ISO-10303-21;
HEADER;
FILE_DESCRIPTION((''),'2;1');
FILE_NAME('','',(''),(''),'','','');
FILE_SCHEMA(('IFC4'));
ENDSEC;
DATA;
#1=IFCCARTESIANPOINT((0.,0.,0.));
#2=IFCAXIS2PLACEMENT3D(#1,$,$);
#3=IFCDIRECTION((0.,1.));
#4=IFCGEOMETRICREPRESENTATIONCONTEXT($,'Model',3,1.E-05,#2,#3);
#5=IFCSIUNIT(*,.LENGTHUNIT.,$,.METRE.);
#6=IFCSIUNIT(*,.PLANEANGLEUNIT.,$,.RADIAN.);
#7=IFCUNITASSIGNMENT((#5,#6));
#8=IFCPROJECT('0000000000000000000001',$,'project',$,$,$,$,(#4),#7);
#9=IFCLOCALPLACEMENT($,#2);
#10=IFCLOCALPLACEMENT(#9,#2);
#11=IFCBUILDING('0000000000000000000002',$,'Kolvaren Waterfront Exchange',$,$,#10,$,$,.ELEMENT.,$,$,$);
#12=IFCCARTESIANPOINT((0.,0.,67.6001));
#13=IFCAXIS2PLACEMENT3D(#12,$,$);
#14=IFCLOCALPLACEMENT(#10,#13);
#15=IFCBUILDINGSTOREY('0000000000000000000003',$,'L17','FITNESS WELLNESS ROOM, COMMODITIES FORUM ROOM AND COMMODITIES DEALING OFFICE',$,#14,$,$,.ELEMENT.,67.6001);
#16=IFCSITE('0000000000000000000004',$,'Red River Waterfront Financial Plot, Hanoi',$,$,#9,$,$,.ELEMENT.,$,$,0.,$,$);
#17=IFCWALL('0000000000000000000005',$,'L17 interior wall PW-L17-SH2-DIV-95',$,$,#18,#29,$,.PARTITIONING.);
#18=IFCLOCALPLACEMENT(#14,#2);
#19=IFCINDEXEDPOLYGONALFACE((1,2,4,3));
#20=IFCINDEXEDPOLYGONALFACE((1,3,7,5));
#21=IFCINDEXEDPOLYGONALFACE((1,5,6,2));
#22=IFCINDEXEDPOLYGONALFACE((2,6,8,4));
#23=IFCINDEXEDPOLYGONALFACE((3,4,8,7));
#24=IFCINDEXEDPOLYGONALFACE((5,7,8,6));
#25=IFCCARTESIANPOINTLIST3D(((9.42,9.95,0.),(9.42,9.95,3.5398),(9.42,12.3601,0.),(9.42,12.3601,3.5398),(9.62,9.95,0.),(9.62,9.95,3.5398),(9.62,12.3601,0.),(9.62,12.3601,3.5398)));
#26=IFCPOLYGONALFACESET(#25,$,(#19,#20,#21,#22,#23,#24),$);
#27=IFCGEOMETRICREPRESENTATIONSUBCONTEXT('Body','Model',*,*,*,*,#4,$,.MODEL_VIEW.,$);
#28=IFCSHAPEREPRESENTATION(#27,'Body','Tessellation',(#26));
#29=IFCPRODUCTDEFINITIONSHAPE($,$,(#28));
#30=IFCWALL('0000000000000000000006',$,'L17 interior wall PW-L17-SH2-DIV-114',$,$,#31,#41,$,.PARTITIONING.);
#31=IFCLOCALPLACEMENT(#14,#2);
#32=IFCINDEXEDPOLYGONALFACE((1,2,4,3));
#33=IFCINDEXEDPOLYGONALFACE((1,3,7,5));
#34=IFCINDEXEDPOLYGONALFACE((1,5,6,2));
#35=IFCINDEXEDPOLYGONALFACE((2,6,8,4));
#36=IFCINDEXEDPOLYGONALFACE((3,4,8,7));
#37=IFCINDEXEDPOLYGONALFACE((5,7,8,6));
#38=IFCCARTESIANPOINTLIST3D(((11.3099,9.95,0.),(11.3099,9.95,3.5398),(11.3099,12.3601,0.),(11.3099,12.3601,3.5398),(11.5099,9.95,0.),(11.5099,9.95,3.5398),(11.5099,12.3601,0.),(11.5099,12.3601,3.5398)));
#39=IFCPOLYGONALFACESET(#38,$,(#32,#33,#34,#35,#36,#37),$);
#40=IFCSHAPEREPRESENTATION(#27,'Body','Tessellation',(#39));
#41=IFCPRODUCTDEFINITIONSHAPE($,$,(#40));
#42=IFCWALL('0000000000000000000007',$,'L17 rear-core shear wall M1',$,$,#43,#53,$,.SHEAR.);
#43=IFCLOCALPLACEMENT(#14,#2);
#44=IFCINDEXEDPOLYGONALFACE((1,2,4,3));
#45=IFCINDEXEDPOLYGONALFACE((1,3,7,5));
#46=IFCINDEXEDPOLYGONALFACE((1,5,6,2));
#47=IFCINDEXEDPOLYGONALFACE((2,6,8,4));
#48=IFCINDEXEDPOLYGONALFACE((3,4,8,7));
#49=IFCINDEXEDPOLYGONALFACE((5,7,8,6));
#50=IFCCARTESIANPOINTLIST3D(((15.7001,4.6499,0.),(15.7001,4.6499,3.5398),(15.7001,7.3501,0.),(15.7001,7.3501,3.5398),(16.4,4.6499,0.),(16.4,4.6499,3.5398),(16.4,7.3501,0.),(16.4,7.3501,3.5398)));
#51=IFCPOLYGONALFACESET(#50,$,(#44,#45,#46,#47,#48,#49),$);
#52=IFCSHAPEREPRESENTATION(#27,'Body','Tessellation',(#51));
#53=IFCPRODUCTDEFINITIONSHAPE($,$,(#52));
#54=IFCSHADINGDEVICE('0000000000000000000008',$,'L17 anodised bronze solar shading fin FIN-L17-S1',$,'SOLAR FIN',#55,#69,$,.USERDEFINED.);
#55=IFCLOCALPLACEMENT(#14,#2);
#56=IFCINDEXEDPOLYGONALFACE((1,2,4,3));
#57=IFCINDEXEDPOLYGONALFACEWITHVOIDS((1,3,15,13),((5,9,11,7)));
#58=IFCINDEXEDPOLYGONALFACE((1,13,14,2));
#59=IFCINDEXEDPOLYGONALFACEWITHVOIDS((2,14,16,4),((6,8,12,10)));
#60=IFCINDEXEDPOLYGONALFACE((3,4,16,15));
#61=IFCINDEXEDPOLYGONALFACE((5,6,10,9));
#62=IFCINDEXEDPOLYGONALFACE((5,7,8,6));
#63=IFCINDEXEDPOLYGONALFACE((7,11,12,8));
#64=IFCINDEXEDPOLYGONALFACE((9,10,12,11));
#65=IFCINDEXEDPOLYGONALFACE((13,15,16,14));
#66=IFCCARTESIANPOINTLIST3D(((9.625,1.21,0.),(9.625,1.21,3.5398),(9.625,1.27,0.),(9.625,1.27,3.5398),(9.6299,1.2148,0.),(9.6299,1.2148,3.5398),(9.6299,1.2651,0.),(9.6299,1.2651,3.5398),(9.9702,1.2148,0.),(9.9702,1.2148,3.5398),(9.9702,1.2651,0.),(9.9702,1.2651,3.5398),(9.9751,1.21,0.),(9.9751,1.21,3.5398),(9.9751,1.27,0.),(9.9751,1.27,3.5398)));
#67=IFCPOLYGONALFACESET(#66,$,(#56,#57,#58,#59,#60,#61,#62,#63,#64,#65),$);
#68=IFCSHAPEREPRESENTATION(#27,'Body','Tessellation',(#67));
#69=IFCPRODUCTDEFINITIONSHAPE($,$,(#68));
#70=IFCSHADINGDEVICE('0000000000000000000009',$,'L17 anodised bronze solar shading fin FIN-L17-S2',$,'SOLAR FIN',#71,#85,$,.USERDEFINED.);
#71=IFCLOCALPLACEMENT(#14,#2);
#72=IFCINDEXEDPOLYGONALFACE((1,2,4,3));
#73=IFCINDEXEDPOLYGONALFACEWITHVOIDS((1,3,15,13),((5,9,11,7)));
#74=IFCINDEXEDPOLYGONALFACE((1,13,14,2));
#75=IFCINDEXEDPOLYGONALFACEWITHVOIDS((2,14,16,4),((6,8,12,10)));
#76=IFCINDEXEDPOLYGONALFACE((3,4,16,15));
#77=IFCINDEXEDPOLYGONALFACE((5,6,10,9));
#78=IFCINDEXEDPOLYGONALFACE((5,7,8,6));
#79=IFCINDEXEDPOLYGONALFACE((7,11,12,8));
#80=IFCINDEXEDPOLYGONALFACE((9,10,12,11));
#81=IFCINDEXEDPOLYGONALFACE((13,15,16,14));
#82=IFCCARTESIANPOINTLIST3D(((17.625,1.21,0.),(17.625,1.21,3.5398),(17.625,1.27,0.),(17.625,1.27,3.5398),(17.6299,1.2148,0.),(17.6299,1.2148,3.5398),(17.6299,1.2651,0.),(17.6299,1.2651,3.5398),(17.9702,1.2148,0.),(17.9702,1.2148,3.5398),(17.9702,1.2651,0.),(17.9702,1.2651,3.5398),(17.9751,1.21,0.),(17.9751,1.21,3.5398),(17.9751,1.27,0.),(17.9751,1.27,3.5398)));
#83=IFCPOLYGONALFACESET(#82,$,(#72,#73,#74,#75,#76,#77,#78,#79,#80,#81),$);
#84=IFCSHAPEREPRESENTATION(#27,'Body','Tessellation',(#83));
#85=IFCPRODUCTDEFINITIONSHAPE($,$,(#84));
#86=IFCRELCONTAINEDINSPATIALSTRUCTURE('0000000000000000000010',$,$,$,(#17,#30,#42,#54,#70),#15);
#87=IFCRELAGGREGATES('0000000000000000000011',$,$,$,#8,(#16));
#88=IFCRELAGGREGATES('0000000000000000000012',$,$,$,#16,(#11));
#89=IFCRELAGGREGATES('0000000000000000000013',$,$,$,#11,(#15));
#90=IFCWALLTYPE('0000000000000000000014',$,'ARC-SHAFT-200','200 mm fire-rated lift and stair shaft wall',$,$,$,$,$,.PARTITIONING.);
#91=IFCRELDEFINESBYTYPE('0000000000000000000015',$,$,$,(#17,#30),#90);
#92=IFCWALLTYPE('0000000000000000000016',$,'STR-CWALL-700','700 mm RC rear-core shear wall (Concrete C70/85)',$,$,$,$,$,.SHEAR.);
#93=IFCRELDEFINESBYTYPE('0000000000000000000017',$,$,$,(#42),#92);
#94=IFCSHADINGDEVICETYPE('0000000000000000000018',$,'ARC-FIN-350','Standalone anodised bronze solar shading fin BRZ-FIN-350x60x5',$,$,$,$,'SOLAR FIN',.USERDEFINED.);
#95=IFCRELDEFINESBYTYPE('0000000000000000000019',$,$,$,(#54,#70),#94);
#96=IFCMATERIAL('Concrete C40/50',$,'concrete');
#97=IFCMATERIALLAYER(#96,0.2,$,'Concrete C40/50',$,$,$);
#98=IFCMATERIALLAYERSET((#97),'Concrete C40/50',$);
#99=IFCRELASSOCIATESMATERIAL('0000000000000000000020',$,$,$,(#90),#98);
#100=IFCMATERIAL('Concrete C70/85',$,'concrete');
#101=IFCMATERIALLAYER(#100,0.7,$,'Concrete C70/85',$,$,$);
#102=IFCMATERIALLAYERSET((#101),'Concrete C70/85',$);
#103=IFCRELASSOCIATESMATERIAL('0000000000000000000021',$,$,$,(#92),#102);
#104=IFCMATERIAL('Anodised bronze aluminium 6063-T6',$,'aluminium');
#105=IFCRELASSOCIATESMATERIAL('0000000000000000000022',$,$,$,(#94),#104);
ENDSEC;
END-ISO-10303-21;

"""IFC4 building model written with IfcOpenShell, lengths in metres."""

from ifc_helpers import new_model, si_unit, direction, frame, frame_2d, origin, origin_2d, place, context, subcontext, project, spatial, rectangle, hollow_rectangle, extrude, material, layer, layer_set, material_profile, profile_set, type_object, element, save


model = new_model("IFC4")

# Units and contexts
model_context = context("Model", 3, precision=1e-05, world=origin(), true_north=direction((0.0, 1.0)))
body_context = subcontext(model_context, "Body", "Model", "MODEL_VIEW")
ifc_project = project(units=[si_unit("LENGTHUNIT", "METRE"), si_unit("PLANEANGLEUNIT", "RADIAN")], contexts=[model_context])

# Site, building, storey
site_placement = place(None, origin())
site = spatial("IfcSite", under=ifc_project, at=site_placement, Name="Red River Waterfront Financial Plot, Hanoi", CompositionType="ELEMENT", RefElevation=0.0)
building_placement = place(site_placement, origin())
building = spatial("IfcBuilding", under=site, at=building_placement, Name="Kolvaren Waterfront Exchange", CompositionType="ELEMENT")
storey_placement = place(building_placement, frame((0.0, 0.0, 67.6001)))
storey = spatial("IfcBuildingStorey", under=building, at=storey_placement, Name="L17", Description="FITNESS WELLNESS ROOM, COMMODITIES FORUM ROOM AND COMMODITIES DEALING OFFICE", CompositionType="ELEMENT", Elevation=67.6001)

# Shared definitions
ifc_material_1 = material(Name="Concrete C70/85", Category="concrete")

# Shared definitions
ifc_material_2 = material(Name="Anodised bronze aluminium 6063-T6", Category="aluminium")

# Walls
ifc_material_3 = material(Name="Concrete C40/50", Category="concrete")
ifc_layer_1 = layer(ifc_material_3, 0.2, Name="Concrete C40/50")
ifc_layer_set_1 = layer_set([ifc_layer_1], Name="Concrete C40/50")
wall_type_1 = type_object("IfcWallType", Name="ARC-SHAFT-200", Description="200 mm fire-rated lift and stair shaft wall", PredefinedType="PARTITIONING", material=ifc_layer_set_1)
for number, where, z_axis, x_axis, name in (
    (1, (9.52, 9.95, 0.0), (0.0, 0.0, 1.0), (0.0, 1.0, 0.0), "L17 interior wall PW-L17-SH2-DIV-95"),
    (2, (11.4099, 9.95, 0.0), (0.0, 0.0, 1.0), (0.0, 1.0, 0.0), "L17 interior wall PW-L17-SH2-DIV-114"),
):
    element("IfcWall", number, at=place(storey_placement, frame(where, z_axis=z_axis, x_axis=x_axis)), inside=storey, type_object=wall_type_1, Name=name, PredefinedType="PARTITIONING", context=body_context, shape_type="SweptSolid", body=[
        extrude(rectangle(XDim=2.4102, YDim=0.2, at=frame_2d((1.2051, 0.0))), origin(), (0.0, 0.0, 1.0), 3.5398),
    ])
ifc_layer_2 = layer(ifc_material_1, 0.7, Name="Concrete C70/85")
ifc_layer_set_2 = layer_set([ifc_layer_2], Name="Concrete C70/85")
wall_type_2 = type_object("IfcWallType", Name="STR-CWALL-700", Description="700 mm RC rear-core shear wall (Concrete C70/85)", PredefinedType="SHEAR", material=ifc_layer_set_2)
wall_1_placement = place(storey_placement, frame((16.05, 4.6499, 0.0), z_axis=(0.0, 0.0, 1.0), x_axis=(0.0, 1.0, 0.0)))
element("IfcWall", 3, at=wall_1_placement, inside=storey, type_object=wall_type_2, Name="L17 rear-core shear wall M1", PredefinedType="SHEAR", context=body_context, shape_type="SweptSolid", body=[
    extrude(rectangle(XDim=2.7002, YDim=0.7, at=frame_2d((1.3501, 0.0))), origin(), (0.0, 0.0, 1.0), 3.5398),
])

# Shading devices
ifc_material_profile_1 = material_profile(ifc_material_2, hollow_rectangle(XDim=0.0601, YDim=0.3501, WallThickness=0.0049, at=origin_2d()), Name="BRZ-FIN-350x60x5")
ifc_profile_set_1 = profile_set([ifc_material_profile_1], Name="Anodised bronze aluminium 6063-T6")
shading_device_type = type_object("IfcShadingDeviceType", Name="ARC-FIN-350", Description="Standalone anodised bronze solar shading fin BRZ-FIN-350x60x5", ElementType="SOLAR FIN", PredefinedType="USERDEFINED", material=ifc_profile_set_1)
for number, where, z_axis, x_axis, name in (
    (4, (9.8, 1.24, 0.0), (0.0, 0.0, 1.0), (0.0, -1.0, 0.0), "L17 anodised bronze solar shading fin FIN-L17-S1"),
    (5, (17.8, 1.24, 0.0), (0.0, 0.0, 1.0), (0.0, -1.0, 0.0), "L17 anodised bronze solar shading fin FIN-L17-S2"),
):
    element("IfcShadingDevice", number, at=place(storey_placement, frame(where, z_axis=z_axis, x_axis=x_axis)), inside=storey, type_object=shading_device_type, Name=name, ObjectType="SOLAR FIN", PredefinedType="USERDEFINED", context=body_context, shape_type="SweptSolid", body=[
        extrude(hollow_rectangle(XDim=0.0601, YDim=0.3501, WallThickness=0.0049, at=origin_2d()), origin(), (0.0, 0.0, 1.0), 3.5398),
    ])

save(model, "model.ifc")
